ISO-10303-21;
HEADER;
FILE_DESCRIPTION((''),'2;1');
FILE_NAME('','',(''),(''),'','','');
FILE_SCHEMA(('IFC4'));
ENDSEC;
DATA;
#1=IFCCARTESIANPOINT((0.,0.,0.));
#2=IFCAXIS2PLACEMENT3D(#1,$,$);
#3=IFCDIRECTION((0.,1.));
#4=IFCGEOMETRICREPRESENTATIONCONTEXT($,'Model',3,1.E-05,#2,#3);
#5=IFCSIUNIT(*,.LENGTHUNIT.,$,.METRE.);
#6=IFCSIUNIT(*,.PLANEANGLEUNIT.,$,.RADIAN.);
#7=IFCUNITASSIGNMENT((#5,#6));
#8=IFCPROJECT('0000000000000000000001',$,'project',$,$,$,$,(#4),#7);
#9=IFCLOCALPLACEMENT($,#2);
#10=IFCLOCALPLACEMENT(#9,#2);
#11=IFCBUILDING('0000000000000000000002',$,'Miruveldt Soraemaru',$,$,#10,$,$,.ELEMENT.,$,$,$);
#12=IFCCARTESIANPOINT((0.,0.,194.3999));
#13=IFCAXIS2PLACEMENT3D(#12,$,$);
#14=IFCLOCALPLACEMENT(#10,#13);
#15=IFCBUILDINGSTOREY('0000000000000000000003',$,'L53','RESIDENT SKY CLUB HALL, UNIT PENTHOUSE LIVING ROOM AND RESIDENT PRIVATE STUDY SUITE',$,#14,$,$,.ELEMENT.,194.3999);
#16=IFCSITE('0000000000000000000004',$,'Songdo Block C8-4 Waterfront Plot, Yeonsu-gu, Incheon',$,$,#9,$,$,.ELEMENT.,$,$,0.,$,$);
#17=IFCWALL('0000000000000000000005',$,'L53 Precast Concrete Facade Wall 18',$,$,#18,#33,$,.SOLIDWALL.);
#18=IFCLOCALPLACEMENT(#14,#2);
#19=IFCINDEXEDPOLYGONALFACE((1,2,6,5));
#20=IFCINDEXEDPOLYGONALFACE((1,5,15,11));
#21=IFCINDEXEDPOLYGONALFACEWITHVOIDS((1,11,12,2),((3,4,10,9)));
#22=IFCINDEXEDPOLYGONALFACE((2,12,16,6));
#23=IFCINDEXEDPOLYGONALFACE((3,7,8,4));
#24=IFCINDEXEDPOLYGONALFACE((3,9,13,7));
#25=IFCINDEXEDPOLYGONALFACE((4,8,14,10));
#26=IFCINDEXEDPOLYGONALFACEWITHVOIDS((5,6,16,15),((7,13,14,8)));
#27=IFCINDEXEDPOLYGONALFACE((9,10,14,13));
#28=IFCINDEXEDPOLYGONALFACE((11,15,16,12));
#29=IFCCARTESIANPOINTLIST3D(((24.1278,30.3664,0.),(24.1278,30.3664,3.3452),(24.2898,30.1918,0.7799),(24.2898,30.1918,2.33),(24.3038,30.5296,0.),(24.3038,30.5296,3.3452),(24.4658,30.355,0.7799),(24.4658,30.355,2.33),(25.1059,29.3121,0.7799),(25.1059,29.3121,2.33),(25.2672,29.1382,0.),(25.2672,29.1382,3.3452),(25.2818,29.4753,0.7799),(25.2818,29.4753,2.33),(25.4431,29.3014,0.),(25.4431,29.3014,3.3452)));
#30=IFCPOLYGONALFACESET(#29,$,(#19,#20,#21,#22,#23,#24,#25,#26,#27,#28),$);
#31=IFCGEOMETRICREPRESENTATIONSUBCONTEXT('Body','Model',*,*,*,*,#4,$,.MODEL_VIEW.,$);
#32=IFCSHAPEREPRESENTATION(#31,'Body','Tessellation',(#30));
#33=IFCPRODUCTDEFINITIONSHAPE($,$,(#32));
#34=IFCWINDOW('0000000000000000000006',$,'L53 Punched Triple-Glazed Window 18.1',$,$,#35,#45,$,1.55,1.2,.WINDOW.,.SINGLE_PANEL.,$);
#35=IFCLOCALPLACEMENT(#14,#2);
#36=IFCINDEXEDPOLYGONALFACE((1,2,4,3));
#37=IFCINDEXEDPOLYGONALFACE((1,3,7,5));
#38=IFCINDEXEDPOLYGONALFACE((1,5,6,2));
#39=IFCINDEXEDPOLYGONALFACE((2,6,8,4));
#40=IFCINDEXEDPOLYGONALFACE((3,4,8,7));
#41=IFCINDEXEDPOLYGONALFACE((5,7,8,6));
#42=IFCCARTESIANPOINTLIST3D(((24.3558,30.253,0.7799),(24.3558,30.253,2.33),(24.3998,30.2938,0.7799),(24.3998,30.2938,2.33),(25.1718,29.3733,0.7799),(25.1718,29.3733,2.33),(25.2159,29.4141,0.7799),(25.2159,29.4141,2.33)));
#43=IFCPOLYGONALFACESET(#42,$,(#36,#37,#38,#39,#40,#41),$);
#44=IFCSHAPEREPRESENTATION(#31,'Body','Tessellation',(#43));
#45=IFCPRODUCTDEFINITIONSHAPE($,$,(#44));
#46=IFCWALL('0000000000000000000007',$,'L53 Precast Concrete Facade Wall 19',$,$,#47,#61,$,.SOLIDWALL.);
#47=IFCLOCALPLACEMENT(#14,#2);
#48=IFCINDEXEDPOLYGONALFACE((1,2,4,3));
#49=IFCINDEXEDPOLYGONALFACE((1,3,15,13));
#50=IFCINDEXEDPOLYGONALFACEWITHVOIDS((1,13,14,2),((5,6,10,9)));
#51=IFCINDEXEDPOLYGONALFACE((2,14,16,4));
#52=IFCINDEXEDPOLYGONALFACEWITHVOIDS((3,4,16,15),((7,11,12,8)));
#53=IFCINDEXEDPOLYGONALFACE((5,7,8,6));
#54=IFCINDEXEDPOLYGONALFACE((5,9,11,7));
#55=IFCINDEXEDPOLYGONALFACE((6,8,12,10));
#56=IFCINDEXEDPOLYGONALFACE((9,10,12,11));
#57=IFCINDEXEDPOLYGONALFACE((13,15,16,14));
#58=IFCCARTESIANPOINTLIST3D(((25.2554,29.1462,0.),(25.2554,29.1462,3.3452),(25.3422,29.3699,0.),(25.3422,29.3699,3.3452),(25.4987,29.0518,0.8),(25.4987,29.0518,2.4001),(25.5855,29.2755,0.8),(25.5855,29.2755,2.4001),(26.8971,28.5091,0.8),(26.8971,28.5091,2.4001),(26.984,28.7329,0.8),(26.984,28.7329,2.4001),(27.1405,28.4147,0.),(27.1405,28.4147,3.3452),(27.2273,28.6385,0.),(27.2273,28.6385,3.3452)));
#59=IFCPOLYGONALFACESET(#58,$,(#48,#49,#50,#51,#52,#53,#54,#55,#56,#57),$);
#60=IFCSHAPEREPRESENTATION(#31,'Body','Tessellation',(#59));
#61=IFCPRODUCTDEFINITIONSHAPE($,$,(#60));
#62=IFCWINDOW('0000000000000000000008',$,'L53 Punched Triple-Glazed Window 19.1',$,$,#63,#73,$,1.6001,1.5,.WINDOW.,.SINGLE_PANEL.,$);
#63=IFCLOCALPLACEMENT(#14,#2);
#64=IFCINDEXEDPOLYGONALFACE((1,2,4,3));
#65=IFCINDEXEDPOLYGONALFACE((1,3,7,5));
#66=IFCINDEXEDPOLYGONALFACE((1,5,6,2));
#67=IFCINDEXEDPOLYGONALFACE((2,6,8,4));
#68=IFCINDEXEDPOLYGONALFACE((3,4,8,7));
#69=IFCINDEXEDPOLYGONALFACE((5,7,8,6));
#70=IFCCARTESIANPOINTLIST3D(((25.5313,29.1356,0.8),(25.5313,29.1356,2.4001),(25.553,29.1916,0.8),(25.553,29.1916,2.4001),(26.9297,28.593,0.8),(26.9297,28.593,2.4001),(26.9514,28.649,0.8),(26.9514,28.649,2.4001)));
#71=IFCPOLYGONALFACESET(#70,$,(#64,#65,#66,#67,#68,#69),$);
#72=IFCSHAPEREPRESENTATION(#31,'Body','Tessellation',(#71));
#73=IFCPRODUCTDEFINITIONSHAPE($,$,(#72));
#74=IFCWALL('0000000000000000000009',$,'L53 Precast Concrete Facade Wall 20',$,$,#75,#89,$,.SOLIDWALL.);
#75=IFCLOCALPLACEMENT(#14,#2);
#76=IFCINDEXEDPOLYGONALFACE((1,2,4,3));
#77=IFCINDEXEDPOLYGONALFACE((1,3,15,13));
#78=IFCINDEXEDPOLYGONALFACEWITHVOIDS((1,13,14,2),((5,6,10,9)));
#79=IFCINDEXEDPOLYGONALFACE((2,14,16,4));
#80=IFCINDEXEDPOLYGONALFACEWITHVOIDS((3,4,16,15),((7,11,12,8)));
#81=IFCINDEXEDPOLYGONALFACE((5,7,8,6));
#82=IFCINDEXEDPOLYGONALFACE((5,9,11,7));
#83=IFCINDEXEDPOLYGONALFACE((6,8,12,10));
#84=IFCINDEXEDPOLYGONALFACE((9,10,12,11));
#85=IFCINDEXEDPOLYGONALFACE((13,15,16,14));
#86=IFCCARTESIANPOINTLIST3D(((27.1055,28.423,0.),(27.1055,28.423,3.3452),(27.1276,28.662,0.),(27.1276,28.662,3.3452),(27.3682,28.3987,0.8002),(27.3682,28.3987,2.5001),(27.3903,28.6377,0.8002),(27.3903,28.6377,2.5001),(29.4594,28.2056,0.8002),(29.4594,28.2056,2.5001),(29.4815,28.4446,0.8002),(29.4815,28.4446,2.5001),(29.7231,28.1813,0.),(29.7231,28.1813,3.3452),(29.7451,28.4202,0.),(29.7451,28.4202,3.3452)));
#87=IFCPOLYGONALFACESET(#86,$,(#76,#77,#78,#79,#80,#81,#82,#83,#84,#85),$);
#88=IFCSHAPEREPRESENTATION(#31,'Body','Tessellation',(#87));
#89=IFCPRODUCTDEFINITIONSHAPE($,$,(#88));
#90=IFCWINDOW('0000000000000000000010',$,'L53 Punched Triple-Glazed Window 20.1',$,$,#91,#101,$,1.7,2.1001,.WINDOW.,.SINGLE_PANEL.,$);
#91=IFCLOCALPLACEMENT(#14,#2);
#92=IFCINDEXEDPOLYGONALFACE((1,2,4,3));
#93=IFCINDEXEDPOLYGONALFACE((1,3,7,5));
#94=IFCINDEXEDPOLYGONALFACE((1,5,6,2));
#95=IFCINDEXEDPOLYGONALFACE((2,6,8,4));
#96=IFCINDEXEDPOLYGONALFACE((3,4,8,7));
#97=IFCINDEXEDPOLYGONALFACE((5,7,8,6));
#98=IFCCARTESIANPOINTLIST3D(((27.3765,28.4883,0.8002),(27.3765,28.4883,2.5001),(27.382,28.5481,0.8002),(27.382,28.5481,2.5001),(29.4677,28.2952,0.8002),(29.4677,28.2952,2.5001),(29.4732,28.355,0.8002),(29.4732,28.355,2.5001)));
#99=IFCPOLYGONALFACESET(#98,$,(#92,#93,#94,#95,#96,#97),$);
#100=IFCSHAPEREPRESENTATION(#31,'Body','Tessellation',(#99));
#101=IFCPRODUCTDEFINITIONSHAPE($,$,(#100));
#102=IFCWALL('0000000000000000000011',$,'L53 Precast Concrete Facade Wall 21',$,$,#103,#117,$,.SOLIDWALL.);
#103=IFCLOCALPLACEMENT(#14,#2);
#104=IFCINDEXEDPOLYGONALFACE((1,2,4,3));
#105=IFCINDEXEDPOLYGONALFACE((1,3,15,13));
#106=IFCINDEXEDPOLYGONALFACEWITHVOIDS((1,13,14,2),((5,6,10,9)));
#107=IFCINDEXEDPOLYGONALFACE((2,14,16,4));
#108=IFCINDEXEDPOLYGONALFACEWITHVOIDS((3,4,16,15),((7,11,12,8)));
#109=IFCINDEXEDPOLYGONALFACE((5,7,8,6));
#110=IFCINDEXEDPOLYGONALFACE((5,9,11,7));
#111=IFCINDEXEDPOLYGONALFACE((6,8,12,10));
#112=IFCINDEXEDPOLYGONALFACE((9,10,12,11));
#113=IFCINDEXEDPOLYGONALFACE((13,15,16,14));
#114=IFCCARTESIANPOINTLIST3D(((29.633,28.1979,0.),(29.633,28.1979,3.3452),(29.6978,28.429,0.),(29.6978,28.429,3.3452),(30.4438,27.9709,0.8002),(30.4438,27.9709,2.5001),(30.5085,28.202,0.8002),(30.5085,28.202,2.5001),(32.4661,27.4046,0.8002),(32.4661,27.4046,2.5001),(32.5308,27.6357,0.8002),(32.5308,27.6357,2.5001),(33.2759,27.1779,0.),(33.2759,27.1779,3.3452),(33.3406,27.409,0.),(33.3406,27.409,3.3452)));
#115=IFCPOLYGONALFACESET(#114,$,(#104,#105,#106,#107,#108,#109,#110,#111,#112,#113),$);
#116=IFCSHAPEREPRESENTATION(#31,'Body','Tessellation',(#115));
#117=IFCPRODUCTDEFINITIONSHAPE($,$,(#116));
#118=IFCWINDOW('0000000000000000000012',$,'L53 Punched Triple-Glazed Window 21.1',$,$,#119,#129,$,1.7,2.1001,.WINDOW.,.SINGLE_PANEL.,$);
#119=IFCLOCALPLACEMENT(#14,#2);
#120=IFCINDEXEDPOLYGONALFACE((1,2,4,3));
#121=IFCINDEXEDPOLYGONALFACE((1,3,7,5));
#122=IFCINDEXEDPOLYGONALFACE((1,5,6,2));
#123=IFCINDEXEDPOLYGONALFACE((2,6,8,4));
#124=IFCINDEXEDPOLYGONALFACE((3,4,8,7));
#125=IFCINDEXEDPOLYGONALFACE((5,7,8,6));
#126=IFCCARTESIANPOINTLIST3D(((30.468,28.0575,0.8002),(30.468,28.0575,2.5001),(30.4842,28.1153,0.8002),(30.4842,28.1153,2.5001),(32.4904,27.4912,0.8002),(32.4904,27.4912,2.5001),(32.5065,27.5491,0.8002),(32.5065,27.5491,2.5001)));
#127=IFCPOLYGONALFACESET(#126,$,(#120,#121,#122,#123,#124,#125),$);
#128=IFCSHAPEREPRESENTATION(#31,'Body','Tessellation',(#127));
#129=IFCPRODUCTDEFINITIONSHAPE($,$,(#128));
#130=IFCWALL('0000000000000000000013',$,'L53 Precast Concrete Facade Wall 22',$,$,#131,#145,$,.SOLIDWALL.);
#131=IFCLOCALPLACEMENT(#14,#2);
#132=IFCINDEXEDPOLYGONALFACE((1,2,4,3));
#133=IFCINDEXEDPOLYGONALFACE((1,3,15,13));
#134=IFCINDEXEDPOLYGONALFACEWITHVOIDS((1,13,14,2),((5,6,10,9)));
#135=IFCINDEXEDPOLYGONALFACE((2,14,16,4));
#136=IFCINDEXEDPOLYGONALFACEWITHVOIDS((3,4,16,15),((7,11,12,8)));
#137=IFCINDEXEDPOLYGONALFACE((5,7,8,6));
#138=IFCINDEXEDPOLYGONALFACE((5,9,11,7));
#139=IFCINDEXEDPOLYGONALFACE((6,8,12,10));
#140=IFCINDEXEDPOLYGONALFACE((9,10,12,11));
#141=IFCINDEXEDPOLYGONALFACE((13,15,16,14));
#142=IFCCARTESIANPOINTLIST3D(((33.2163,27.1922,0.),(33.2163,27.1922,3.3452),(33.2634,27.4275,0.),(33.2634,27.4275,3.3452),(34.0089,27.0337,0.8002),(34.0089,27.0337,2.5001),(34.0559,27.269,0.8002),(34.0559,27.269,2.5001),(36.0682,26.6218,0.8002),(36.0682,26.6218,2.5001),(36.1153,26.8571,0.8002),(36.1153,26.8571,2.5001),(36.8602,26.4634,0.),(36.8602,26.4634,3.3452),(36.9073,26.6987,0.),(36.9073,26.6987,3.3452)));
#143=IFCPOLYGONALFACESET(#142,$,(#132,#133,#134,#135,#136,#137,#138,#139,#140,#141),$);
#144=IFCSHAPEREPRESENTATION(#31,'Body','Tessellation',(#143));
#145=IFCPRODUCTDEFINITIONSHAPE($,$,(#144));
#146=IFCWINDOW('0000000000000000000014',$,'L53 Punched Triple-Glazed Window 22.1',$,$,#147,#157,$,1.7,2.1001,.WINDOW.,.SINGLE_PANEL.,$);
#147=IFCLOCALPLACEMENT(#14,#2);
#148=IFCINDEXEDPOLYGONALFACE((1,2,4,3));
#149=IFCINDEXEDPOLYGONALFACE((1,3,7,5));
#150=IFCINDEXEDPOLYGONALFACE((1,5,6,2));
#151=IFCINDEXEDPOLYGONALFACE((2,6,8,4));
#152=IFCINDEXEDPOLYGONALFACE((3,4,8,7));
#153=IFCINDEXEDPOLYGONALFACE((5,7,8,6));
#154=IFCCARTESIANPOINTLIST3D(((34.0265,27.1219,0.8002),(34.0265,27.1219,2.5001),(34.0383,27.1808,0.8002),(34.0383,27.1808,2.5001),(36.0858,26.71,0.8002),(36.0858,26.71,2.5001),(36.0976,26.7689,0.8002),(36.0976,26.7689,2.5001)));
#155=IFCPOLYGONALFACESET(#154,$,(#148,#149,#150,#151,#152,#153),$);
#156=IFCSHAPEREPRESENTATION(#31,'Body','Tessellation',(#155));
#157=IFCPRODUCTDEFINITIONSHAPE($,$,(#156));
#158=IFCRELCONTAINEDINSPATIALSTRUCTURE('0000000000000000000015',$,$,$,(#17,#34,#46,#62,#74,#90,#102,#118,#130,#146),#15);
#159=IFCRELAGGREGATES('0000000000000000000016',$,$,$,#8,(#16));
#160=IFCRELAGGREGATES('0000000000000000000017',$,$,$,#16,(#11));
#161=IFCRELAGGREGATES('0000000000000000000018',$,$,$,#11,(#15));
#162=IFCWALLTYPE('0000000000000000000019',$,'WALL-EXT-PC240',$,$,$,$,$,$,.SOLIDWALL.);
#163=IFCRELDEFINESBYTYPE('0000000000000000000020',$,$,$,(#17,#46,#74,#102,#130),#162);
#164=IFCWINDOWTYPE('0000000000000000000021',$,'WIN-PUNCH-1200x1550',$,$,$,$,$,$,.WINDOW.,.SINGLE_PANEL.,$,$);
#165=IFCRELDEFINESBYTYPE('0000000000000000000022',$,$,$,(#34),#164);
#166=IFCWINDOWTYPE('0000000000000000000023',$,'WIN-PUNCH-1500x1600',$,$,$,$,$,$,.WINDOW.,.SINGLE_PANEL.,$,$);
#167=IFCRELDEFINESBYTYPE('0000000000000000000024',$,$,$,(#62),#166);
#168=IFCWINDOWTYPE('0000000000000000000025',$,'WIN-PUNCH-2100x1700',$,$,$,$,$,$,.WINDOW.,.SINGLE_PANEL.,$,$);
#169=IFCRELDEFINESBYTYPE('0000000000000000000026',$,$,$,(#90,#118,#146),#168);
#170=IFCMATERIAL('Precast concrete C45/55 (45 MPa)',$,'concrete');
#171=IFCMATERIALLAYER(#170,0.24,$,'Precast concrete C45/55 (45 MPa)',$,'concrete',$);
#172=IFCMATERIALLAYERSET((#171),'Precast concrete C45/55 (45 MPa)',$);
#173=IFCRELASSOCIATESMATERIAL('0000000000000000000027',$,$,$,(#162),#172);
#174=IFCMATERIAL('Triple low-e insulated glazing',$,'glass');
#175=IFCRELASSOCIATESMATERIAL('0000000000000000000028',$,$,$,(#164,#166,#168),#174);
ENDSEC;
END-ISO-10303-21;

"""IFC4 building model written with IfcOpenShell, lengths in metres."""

from ifc_helpers import new_model, si_unit, direction, frame, frame_2d, origin, place, context, subcontext, project, spatial, rectangle, extrude, material, layer, layer_set, type_object, element, fill, save


model = new_model("IFC4")

# Units and contexts
model_context = context("Model", 3, precision=1e-05, world=origin(), true_north=direction((0.0, 1.0)))
body_context = subcontext(model_context, "Body", "Model", "MODEL_VIEW")
ifc_project = project(units=[si_unit("LENGTHUNIT", "METRE"), si_unit("PLANEANGLEUNIT", "RADIAN")], contexts=[model_context])

# Site, building, storey
site_placement = place(None, origin())
site = spatial("IfcSite", under=ifc_project, at=site_placement, Name="Songdo Block C8-4 Waterfront Plot, Yeonsu-gu, Incheon", CompositionType="ELEMENT", RefElevation=0.0)
building_placement = place(site_placement, origin())
building = spatial("IfcBuilding", under=site, at=building_placement, Name="Miruveldt Soraemaru", CompositionType="ELEMENT")
storey_placement = place(building_placement, frame((0.0, 0.0, 194.3999)))
storey = spatial("IfcBuildingStorey", under=building, at=storey_placement, Name="L53", Description="RESIDENT SKY CLUB HALL, UNIT PENTHOUSE LIVING ROOM AND RESIDENT PRIVATE STUDY SUITE", CompositionType="ELEMENT", Elevation=194.3999)

# Walls, openings, windows
ifc_material_1 = material(Name="Precast concrete C45/55 (45 MPa)", Category="concrete")
ifc_layer_1 = layer(ifc_material_1, 0.24, Name="Precast concrete C45/55 (45 MPa)", Category="concrete")
ifc_layer_set_1 = layer_set([ifc_layer_1], Name="Precast concrete C45/55 (45 MPa)")
wall_type = type_object("IfcWallType", Name="WALL-EXT-PC240", PredefinedType="SOLIDWALL", material=ifc_layer_set_1)
wall_1_placement = place(storey_placement, frame((24.2158, 30.448, 0.0), z_axis=(0.0, 0.0, 1.0), x_axis=(0.680088, -0.733131, 0.0)))
wall_1 = element("IfcWall", 1, at=wall_1_placement, inside=storey, type_object=wall_type, Name="L53 Precast Concrete Facade Wall 18", PredefinedType="SOLIDWALL", context=body_context, shape_type="SweptSolid", body=[
    extrude(rectangle(XDim=1.6753, YDim=0.24, at=frame_2d((0.8376, 0.0))), origin(), (0.0, 0.0, 1.0), 3.3452),
])
opening_1_placement = place(wall_1_placement, frame((0.238, 0.0, 0.78)))
opening_1 = element("IfcOpeningElement", 2, at=opening_1_placement, cuts=wall_1, PredefinedType="OPENING", context=body_context, shape_type="SweptSolid", body=[
    extrude(rectangle(XDim=1.2, YDim=1.55, at=frame_2d((0.6001, 0.7749))), frame((0.0, 0.1299, 0.0), z_axis=(0.0, -1.0, 0.0), x_axis=(1.0, 0.0, 0.0)), (0.0, 0.0, 1.0), 0.26),
])
ifc_material_2 = material(Name="Triple low-e insulated glazing", Category="glass")
window_type_1 = type_object("IfcWindowType", Name="WIN-PUNCH-1200x1550", PartitioningType="SINGLE_PANEL", PredefinedType="WINDOW", material=ifc_material_2)
window_1_placement = place(opening_1_placement, origin())
window_1 = element("IfcWindow", 3, at=window_1_placement, inside=storey, type_object=window_type_1, Name="L53 Punched Triple-Glazed Window 18.1", OverallHeight=1.55, OverallWidth=1.2, PartitioningType="SINGLE_PANEL", PredefinedType="WINDOW", context=body_context, shape_type="SweptSolid", body=[
    extrude(rectangle(XDim=1.2, YDim=1.55, at=frame_2d((0.6001, 0.7749))), frame((0.0, 0.03, 0.0), z_axis=(0.0, -1.0, 0.0), x_axis=(1.0, 0.0, 0.0)), (0.0, 0.0, 1.0), 0.0601),
])
fill(opening_1, window_1)
wall_2_placement = place(storey_placement, frame((25.2988, 29.2581, 0.0), z_axis=(0.0, 0.0, 1.0), x_axis=(0.932274, -0.361753, 0.0)))
wall_2 = element("IfcWall", 4, at=wall_2_placement, inside=storey, type_object=wall_type, Name="L53 Precast Concrete Facade Wall 19", PredefinedType="SOLIDWALL", context=body_context, shape_type="SweptSolid", body=[
    extrude(rectangle(XDim=2.022, YDim=0.24, at=frame_2d((1.011, 0.0))), origin(), (0.0, 0.0, 1.0), 3.3452),
])
opening_2_placement = place(wall_2_placement, frame((0.261, 0.0, 0.8)))
opening_2 = element("IfcOpeningElement", 5, at=opening_2_placement, cuts=wall_2, PredefinedType="OPENING", context=body_context, shape_type="SweptSolid", body=[
    extrude(rectangle(XDim=1.5, YDim=1.6001, at=frame_2d((0.75, 0.8))), frame((0.0, 0.1299, 0.0), z_axis=(0.0, -1.0, 0.0), x_axis=(1.0, 0.0, 0.0)), (0.0, 0.0, 1.0), 0.26),
])
window_type_2 = type_object("IfcWindowType", Name="WIN-PUNCH-1500x1600", PartitioningType="SINGLE_PANEL", PredefinedType="WINDOW", material=ifc_material_2)
window_2_placement = place(opening_2_placement, origin())
window_2 = element("IfcWindow", 6, at=window_2_placement, inside=storey, type_object=window_type_2, Name="L53 Punched Triple-Glazed Window 19.1", OverallHeight=1.6001, OverallWidth=1.5, PartitioningType="SINGLE_PANEL", PredefinedType="WINDOW", context=body_context, shape_type="SweptSolid", body=[
    extrude(rectangle(XDim=1.5, YDim=1.6001, at=frame_2d((0.75, 0.8))), frame((0.0, 0.03, 0.0), z_axis=(0.0, -1.0, 0.0), x_axis=(1.0, 0.0, 0.0)), (0.0, 0.0, 1.0), 0.0601),
])
fill(opening_2, window_2)
wall_3_placement = place(storey_placement, frame((27.1165, 28.5425, 0.0), z_axis=(0.0, 0.0, 1.0), x_axis=(0.995764, -0.091951, 0.0)))
wall_3 = element("IfcWall", 7, at=wall_3_placement, inside=storey, type_object=wall_type, Name="L53 Precast Concrete Facade Wall 20", PredefinedType="SOLIDWALL", context=body_context, shape_type="SweptSolid", body=[
    extrude(rectangle(XDim=2.6287, YDim=0.24, at=frame_2d((1.3145, 0.0))), origin(), (0.0, 0.0, 1.0), 3.3452),
])
opening_3_placement = place(wall_3_placement, frame((0.2639, 0.0, 0.8)))
opening_3 = element("IfcOpeningElement", 8, at=opening_3_placement, cuts=wall_3, PredefinedType="OPENING", context=body_context, shape_type="SweptSolid", body=[
    extrude(rectangle(XDim=2.1001, YDim=1.7, at=frame_2d((1.05, 0.8501))), frame((0.0, 0.1299, 0.0), z_axis=(0.0, -1.0, 0.0), x_axis=(1.0, 0.0, 0.0)), (0.0, 0.0, 1.0), 0.26),
])
window_type_3 = type_object("IfcWindowType", Name="WIN-PUNCH-2100x1700", PartitioningType="SINGLE_PANEL", PredefinedType="WINDOW", material=ifc_material_2)
window_3_placement = place(opening_3_placement, origin())
window_3 = element("IfcWindow", 9, at=window_3_placement, inside=storey, type_object=window_type_3, Name="L53 Punched Triple-Glazed Window 20.1", OverallHeight=1.7, OverallWidth=2.1001, PartitioningType="SINGLE_PANEL", PredefinedType="WINDOW", context=body_context, shape_type="SweptSolid", body=[
    extrude(rectangle(XDim=2.1001, YDim=1.7, at=frame_2d((1.05, 0.8501))), frame((0.0, 0.03, 0.0), z_axis=(0.0, -1.0, 0.0), x_axis=(1.0, 0.0, 0.0)), (0.0, 0.0, 1.0), 0.0601),
])
fill(opening_3, window_3)
wall_4_placement = place(storey_placement, frame((29.6653, 28.3135, 0.0), z_axis=(0.0, 0.0, 1.0), x_axis=(0.962962, -0.269637, 0.0)))
wall_4 = element("IfcWall", 10, at=wall_4_placement, inside=storey, type_object=wall_type, Name="L53 Precast Concrete Facade Wall 21", PredefinedType="SOLIDWALL", context=body_context, shape_type="SweptSolid", body=[
    extrude(rectangle(XDim=3.783, YDim=0.24, at=frame_2d((1.8916, 0.0))), origin(), (0.0, 0.0, 1.0), 3.3452),
])
opening_4_placement = place(wall_4_placement, frame((0.842, 0.0, 0.8)))
opening_4 = element("IfcOpeningElement", 11, at=opening_4_placement, cuts=wall_4, PredefinedType="OPENING", context=body_context, shape_type="SweptSolid", body=[
    extrude(rectangle(XDim=2.1001, YDim=1.7, at=frame_2d((1.05, 0.8501))), frame((0.0, 0.1299, 0.0), z_axis=(0.0, -1.0, 0.0), x_axis=(1.0, 0.0, 0.0)), (0.0, 0.0, 1.0), 0.26),
])
window_4_placement = place(opening_4_placement, origin())
window_4 = element("IfcWindow", 12, at=window_4_placement, inside=storey, type_object=window_type_3, Name="L53 Punched Triple-Glazed Window 21.1", OverallHeight=1.7, OverallWidth=2.1001, PartitioningType="SINGLE_PANEL", PredefinedType="WINDOW", context=body_context, shape_type="SweptSolid", body=[
    extrude(rectangle(XDim=2.1001, YDim=1.7, at=frame_2d((1.05, 0.8501))), frame((0.0, 0.03, 0.0), z_axis=(0.0, -1.0, 0.0), x_axis=(1.0, 0.0, 0.0)), (0.0, 0.0, 1.0), 0.0601),
])
fill(opening_4, window_4)
wall_5_placement = place(storey_placement, frame((33.24, 27.3098, 0.0), z_axis=(0.0, 0.0, 1.0), x_axis=(0.980581, -0.196116, 0.0)))
wall_5 = element("IfcWall", 13, at=wall_5_placement, inside=storey, type_object=wall_type, Name="L53 Precast Concrete Facade Wall 22", PredefinedType="SOLIDWALL", context=body_context, shape_type="SweptSolid", body=[
    extrude(rectangle(XDim=3.7161, YDim=0.24, at=frame_2d((1.8579, 0.0))), origin(), (0.0, 0.0, 1.0), 3.3452),
])
opening_5_placement = place(wall_5_placement, frame((0.8081, 0.0, 0.8)))
opening_5 = element("IfcOpeningElement", 14, at=opening_5_placement, cuts=wall_5, PredefinedType="OPENING", context=body_context, shape_type="SweptSolid", body=[
    extrude(rectangle(XDim=2.1001, YDim=1.7, at=frame_2d((1.05, 0.8501))), frame((0.0, 0.1299, 0.0), z_axis=(0.0, -1.0, 0.0), x_axis=(1.0, 0.0, 0.0)), (0.0, 0.0, 1.0), 0.26),
])
window_5_placement = place(opening_5_placement, origin())
window_5 = element("IfcWindow", 15, at=window_5_placement, inside=storey, type_object=window_type_3, Name="L53 Punched Triple-Glazed Window 22.1", OverallHeight=1.7, OverallWidth=2.1001, PartitioningType="SINGLE_PANEL", PredefinedType="WINDOW", context=body_context, shape_type="SweptSolid", body=[
    extrude(rectangle(XDim=2.1001, YDim=1.7, at=frame_2d((1.05, 0.8501))), frame((0.0, 0.03, 0.0), z_axis=(0.0, -1.0, 0.0), x_axis=(1.0, 0.0, 0.0)), (0.0, 0.0, 1.0), 0.0601),
])
fill(opening_5, window_5)

save(model, "model.ifc")
